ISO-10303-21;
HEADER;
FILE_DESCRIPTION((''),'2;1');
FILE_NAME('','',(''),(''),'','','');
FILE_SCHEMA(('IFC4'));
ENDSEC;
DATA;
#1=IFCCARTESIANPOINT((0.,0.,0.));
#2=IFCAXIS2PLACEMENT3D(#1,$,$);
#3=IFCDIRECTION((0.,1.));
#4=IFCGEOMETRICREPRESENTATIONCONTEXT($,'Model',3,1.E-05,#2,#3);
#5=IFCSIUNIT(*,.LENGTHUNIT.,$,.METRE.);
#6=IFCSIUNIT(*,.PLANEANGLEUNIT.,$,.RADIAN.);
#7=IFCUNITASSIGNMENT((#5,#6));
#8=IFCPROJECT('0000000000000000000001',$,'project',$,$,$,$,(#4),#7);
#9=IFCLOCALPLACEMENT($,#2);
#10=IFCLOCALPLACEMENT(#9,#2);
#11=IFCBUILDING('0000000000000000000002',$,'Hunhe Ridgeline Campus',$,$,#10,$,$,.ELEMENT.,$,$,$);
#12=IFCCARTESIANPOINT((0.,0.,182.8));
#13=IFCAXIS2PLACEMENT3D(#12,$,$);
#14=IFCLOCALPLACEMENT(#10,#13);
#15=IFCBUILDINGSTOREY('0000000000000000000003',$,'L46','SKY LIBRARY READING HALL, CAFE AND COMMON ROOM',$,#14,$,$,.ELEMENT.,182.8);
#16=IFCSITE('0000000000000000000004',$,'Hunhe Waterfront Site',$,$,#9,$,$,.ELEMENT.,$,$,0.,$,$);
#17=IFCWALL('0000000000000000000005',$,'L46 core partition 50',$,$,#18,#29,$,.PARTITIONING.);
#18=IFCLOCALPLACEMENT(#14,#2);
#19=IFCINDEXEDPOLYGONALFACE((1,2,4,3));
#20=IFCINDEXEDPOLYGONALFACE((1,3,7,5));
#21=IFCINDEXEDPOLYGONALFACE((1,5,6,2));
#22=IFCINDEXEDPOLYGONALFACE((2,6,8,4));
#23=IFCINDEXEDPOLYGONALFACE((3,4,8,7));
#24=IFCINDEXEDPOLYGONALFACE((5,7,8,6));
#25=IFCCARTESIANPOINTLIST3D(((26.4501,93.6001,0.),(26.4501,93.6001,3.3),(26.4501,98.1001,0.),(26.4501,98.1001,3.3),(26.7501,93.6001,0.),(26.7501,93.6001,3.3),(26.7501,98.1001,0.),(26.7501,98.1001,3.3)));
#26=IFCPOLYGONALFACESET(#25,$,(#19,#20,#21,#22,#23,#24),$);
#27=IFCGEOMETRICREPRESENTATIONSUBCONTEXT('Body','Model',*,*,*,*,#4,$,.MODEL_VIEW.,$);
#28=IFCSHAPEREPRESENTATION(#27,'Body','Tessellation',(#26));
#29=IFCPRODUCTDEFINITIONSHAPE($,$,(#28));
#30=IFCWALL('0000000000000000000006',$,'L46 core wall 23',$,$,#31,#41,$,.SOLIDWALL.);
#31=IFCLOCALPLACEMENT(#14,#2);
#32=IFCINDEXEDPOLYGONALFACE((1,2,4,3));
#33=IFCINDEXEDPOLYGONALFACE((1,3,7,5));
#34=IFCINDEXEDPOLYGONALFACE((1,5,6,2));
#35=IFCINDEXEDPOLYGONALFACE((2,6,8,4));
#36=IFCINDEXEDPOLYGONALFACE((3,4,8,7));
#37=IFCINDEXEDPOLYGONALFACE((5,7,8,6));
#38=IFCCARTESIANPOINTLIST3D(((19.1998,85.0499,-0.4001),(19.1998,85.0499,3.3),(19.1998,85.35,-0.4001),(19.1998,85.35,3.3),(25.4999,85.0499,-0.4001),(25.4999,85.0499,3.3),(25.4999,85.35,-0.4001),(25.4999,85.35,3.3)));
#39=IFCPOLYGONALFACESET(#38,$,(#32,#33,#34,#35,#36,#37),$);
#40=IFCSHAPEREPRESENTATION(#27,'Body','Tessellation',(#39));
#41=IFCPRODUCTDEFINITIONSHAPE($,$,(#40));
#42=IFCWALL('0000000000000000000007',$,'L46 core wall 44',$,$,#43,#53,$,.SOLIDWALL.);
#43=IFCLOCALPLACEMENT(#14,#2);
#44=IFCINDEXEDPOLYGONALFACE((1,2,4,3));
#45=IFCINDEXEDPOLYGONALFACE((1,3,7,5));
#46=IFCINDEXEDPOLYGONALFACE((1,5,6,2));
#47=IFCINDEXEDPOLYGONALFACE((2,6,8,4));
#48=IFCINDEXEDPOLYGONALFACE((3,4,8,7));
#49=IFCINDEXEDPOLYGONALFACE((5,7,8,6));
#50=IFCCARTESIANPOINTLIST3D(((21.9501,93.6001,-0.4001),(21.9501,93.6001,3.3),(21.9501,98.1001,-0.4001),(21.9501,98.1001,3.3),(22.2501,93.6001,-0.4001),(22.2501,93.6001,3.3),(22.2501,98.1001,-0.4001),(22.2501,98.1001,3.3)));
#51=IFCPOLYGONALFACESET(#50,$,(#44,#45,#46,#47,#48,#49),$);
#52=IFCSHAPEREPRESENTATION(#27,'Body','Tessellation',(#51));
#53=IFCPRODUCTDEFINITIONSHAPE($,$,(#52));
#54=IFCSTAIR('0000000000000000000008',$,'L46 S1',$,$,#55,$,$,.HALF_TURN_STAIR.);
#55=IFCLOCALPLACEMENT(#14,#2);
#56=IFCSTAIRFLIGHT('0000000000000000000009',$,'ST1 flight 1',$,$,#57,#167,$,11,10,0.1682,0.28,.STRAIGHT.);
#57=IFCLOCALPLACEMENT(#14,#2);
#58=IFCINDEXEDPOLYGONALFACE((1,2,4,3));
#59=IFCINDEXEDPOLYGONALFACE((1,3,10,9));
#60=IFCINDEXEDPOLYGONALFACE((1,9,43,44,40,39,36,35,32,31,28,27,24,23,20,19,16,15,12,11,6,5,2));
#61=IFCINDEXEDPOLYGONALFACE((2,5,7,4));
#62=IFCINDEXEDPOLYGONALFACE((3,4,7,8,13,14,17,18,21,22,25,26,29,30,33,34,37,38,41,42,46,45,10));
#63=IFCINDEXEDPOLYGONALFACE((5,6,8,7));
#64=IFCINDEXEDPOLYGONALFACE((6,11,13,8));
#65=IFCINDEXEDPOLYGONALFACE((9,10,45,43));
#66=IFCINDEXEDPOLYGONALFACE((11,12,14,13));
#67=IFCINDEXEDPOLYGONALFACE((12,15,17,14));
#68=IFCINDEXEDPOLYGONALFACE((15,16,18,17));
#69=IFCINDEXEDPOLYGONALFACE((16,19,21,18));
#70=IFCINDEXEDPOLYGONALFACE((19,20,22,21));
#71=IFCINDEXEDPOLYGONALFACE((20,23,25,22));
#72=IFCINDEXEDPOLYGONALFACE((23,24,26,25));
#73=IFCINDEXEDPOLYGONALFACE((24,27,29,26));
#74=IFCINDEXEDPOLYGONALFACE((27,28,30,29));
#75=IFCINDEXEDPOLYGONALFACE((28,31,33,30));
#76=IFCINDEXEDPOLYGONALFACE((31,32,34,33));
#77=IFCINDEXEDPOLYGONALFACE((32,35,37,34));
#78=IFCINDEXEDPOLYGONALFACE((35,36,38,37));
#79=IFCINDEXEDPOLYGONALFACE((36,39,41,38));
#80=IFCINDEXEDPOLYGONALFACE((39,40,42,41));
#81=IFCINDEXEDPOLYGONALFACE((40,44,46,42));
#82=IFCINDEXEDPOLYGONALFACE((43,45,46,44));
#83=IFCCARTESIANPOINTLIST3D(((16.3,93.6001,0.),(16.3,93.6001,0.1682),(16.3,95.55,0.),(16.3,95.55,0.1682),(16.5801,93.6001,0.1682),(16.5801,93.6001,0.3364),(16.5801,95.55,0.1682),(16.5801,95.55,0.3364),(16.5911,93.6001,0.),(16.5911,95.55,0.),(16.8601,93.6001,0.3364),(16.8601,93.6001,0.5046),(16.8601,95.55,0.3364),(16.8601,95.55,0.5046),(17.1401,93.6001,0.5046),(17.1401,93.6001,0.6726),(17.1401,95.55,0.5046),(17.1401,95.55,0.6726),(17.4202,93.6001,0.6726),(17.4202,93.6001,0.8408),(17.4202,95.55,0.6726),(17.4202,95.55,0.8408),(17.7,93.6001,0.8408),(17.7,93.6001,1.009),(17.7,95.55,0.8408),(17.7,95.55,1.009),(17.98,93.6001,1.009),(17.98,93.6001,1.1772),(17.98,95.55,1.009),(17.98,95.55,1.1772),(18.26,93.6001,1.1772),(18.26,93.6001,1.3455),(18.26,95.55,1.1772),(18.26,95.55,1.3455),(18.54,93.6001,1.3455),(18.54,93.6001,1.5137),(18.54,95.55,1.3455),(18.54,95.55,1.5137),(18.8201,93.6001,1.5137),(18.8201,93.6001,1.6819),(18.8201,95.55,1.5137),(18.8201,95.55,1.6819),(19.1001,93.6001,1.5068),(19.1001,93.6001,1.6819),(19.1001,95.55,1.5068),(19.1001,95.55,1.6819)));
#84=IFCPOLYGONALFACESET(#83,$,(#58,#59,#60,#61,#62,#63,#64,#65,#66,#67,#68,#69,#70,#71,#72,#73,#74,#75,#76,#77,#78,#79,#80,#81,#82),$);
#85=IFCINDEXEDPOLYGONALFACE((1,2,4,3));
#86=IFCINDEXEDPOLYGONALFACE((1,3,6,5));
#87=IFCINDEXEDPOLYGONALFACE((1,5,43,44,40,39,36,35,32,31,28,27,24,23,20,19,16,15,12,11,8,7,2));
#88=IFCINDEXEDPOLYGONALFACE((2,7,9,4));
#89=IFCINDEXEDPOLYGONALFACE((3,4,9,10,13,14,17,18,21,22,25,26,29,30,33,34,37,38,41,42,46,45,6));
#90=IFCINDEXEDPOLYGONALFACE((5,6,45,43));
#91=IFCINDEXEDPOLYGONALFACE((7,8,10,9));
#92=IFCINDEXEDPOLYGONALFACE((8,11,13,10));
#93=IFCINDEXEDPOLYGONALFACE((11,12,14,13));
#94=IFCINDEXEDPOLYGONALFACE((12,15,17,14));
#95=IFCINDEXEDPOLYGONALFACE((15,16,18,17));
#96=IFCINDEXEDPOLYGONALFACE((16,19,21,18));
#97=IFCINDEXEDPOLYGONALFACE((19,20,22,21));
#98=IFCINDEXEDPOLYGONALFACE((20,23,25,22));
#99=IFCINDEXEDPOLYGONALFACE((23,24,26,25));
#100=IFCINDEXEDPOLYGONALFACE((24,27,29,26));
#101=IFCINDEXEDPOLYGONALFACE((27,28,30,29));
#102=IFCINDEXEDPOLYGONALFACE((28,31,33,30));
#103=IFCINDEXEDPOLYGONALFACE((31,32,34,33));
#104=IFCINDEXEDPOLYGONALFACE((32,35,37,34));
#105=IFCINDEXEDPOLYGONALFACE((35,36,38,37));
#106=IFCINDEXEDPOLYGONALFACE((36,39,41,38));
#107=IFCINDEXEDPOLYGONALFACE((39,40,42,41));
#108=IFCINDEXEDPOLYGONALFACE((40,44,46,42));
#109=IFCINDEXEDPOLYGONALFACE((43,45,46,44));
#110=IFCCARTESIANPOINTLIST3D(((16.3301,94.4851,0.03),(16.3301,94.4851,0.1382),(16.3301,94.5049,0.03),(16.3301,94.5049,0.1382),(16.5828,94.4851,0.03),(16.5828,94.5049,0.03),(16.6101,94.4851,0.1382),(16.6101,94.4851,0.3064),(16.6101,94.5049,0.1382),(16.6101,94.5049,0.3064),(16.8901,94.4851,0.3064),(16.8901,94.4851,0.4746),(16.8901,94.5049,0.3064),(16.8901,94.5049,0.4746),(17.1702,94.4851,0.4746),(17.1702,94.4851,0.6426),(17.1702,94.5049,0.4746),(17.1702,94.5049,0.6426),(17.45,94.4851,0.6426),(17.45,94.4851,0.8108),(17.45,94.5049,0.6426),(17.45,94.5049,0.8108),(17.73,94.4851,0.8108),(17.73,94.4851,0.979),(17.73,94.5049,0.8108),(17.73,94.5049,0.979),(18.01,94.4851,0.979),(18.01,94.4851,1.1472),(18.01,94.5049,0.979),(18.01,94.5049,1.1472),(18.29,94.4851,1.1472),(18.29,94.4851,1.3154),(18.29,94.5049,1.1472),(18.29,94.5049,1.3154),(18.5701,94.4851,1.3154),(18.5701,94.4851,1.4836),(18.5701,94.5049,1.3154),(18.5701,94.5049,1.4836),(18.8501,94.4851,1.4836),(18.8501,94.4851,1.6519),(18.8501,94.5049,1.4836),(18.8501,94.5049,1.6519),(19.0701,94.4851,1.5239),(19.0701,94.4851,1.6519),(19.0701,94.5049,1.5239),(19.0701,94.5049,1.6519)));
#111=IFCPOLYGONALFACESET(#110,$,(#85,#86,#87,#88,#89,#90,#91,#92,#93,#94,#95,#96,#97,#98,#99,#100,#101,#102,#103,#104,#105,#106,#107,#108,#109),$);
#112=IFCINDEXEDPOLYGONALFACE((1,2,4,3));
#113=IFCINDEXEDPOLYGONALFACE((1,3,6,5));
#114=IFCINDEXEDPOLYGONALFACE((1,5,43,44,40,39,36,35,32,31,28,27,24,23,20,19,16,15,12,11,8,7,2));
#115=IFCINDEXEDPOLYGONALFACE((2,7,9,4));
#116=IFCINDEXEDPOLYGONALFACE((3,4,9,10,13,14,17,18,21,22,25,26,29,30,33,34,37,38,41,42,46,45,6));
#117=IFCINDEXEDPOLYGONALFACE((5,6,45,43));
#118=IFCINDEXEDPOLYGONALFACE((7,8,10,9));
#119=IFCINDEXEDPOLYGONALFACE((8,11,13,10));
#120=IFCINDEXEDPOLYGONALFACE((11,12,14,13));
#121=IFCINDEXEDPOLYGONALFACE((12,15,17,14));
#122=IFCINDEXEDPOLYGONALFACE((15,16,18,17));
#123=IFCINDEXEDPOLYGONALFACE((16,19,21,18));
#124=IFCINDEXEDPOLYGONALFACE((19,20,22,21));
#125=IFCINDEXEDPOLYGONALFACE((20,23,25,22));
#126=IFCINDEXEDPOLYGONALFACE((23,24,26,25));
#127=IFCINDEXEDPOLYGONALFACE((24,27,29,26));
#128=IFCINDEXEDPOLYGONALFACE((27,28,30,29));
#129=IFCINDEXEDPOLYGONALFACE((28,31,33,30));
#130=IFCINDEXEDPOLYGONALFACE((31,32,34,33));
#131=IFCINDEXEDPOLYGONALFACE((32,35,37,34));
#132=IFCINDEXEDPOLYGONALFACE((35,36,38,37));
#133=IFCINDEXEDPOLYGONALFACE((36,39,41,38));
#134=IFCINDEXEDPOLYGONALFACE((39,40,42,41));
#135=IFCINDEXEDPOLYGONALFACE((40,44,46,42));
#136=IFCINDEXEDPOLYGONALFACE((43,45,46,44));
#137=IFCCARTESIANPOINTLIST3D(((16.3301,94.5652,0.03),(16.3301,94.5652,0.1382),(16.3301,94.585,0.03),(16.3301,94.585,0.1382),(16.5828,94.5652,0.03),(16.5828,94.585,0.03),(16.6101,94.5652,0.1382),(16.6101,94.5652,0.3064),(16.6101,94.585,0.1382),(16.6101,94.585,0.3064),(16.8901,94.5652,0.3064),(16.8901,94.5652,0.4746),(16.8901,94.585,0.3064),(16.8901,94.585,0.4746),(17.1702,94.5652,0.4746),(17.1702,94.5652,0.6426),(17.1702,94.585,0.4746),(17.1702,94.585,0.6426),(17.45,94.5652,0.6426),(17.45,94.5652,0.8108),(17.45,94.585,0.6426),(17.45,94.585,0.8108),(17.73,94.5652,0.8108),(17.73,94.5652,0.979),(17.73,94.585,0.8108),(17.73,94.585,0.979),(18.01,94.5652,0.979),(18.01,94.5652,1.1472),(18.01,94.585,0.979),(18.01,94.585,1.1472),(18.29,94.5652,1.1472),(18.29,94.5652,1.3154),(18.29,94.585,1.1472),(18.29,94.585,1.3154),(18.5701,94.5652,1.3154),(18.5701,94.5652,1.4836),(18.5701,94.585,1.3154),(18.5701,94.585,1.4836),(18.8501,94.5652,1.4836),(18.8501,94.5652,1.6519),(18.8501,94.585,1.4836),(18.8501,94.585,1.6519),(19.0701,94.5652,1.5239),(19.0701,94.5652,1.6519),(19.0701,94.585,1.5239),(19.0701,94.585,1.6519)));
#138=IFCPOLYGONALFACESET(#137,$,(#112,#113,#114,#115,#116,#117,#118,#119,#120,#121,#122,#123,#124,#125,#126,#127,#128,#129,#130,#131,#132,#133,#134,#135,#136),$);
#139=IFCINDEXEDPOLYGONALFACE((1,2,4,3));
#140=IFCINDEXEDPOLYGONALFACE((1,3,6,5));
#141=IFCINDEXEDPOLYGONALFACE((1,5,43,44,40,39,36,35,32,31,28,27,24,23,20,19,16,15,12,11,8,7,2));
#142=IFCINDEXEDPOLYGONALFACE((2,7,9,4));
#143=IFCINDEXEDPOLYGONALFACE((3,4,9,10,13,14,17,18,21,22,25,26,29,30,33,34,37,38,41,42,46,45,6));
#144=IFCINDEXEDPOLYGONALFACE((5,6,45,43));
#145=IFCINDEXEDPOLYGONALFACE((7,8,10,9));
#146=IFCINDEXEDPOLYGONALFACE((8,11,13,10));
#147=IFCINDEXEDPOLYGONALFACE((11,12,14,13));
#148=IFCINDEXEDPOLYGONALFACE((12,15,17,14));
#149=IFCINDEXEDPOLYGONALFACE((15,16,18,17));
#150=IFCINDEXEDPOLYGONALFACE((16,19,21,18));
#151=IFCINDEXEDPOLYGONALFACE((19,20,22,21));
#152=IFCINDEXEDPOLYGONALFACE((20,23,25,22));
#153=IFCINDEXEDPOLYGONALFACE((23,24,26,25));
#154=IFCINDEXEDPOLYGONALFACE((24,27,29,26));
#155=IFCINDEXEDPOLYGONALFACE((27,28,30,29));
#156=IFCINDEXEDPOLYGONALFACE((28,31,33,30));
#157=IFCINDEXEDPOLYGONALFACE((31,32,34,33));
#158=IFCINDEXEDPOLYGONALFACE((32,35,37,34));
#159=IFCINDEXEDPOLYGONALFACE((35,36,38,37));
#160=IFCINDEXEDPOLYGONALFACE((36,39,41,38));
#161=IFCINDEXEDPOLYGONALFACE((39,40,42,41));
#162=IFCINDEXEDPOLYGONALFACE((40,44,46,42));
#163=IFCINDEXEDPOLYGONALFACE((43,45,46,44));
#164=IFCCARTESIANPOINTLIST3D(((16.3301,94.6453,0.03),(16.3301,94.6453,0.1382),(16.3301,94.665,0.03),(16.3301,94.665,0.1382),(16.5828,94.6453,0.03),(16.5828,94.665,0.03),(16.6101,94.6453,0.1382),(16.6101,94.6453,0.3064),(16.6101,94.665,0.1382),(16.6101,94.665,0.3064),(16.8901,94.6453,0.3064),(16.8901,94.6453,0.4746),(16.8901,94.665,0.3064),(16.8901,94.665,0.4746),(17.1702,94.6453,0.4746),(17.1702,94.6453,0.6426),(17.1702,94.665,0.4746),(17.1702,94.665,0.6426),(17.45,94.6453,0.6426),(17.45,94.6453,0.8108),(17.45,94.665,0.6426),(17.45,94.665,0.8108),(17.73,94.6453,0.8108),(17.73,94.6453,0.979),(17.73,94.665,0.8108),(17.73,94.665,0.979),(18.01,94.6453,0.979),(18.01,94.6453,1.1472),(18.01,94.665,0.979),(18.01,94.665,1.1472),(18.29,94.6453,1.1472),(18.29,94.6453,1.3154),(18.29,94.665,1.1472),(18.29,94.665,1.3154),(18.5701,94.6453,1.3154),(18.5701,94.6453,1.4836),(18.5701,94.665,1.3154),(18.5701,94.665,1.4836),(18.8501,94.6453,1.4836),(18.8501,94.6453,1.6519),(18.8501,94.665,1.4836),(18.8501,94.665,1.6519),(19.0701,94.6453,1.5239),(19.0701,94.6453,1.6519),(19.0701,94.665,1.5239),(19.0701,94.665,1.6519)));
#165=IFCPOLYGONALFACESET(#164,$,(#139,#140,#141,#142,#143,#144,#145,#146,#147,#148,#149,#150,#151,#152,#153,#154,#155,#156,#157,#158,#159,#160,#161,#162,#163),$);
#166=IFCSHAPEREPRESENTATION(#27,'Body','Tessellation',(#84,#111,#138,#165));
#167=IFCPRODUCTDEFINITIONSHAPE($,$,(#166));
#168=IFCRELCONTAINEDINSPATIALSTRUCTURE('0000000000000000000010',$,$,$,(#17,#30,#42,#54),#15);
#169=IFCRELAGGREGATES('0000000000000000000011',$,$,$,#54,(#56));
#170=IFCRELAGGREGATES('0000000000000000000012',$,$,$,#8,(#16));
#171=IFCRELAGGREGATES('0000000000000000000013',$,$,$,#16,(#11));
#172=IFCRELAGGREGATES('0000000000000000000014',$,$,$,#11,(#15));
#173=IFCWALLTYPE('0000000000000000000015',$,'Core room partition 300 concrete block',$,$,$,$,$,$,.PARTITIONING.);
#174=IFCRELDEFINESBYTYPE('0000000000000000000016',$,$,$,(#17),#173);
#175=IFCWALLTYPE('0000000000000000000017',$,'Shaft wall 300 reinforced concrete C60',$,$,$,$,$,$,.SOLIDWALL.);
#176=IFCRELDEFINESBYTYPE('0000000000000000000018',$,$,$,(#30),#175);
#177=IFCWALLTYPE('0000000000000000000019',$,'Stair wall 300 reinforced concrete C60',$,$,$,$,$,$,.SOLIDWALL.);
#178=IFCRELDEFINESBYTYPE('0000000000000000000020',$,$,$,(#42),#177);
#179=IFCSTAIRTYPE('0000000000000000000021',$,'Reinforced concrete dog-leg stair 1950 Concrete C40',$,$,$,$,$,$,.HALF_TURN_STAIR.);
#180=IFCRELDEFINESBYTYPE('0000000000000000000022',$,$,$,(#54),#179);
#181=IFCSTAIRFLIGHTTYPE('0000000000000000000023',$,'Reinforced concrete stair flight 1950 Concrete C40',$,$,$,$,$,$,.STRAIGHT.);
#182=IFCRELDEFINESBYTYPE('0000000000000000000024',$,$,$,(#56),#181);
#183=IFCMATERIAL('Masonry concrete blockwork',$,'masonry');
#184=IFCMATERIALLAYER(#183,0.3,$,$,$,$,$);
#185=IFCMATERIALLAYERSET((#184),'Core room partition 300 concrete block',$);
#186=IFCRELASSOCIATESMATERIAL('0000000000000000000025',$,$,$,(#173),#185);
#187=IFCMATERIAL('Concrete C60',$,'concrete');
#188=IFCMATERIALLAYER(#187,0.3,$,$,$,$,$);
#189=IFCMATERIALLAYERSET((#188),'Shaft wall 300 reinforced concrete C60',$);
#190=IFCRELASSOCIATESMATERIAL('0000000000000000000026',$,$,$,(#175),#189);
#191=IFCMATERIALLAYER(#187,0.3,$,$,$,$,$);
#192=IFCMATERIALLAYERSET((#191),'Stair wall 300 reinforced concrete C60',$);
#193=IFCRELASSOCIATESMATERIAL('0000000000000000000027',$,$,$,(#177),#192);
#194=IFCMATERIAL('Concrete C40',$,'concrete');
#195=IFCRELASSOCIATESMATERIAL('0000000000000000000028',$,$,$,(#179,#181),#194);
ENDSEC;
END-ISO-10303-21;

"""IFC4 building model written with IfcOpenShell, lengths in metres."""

from ifc_helpers import new_model, si_unit, direction, frame, frame_2d, origin, place, context, subcontext, project, spatial, polyline, rectangle, outline, extrude, material, layer, layer_set, type_object, element, aggregate, save


model = new_model("IFC4")

# Units and contexts
model_context = context("Model", 3, precision=1e-05, world=origin(), true_north=direction((0.0, 1.0)))
body_context = subcontext(model_context, "Body", "Model", "MODEL_VIEW")
ifc_project = project(units=[si_unit("LENGTHUNIT", "METRE"), si_unit("PLANEANGLEUNIT", "RADIAN")], contexts=[model_context])

# Site, building, storey
site_placement = place(None, origin())
site = spatial("IfcSite", under=ifc_project, at=site_placement, Name="Hunhe Waterfront Site", CompositionType="ELEMENT", RefElevation=0.0)
building_placement = place(site_placement, origin())
building = spatial("IfcBuilding", under=site, at=building_placement, Name="Hunhe Ridgeline Campus", CompositionType="ELEMENT")
storey_placement = place(building_placement, frame((0.0, 0.0, 182.8)))
storey = spatial("IfcBuildingStorey", under=building, at=storey_placement, Name="L46", Description="SKY LIBRARY READING HALL, CAFE AND COMMON ROOM", CompositionType="ELEMENT", Elevation=182.8)

# Walls
ifc_material_1 = material(Name="Masonry concrete blockwork", Category="masonry")
ifc_layer_1 = layer(ifc_material_1, 0.3)
ifc_layer_set_1 = layer_set([ifc_layer_1], Name="Core room partition 300 concrete block")
wall_type_1 = type_object("IfcWallType", Name="Core room partition 300 concrete block", PredefinedType="PARTITIONING", material=ifc_layer_set_1)
wall_1_placement = place(storey_placement, frame((26.6001, 93.6001, 0.0), z_axis=(0.0, 0.0, 1.0), x_axis=(0.0, 1.0, 0.0)))
element("IfcWall", 1, at=wall_1_placement, inside=storey, type_object=wall_type_1, Name="L46 core partition 50", PredefinedType="PARTITIONING", context=body_context, shape_type="SweptSolid", body=[
    extrude(rectangle(XDim=4.5, YDim=0.3, at=frame_2d((2.25, 0.0))), origin(), (0.0, 0.0, 1.0), 3.3),
])
ifc_material_2 = material(Name="Concrete C60", Category="concrete")
ifc_layer_2 = layer(ifc_material_2, 0.3)
ifc_layer_set_2 = layer_set([ifc_layer_2], Name="Shaft wall 300 reinforced concrete C60")
wall_type_2 = type_object("IfcWallType", Name="Shaft wall 300 reinforced concrete C60", PredefinedType="SOLIDWALL", material=ifc_layer_set_2)
wall_2_placement = place(storey_placement, frame((19.2, 85.2, -0.4001), z_axis=(0.0, 0.0, 1.0), x_axis=(1.0, 0.0, 0.0)))
element("IfcWall", 2, at=wall_2_placement, inside=storey, type_object=wall_type_2, Name="L46 core wall 23", PredefinedType="SOLIDWALL", context=body_context, shape_type="SweptSolid", body=[
    extrude(rectangle(XDim=6.3, YDim=0.3, at=frame_2d((3.1499, 0.0))), origin(), (0.0, 0.0, 1.0), 3.7002),
])

# Shared definitions
ifc_layer_3 = layer(ifc_material_2, 0.3)
ifc_layer_set_3 = layer_set([ifc_layer_3], Name="Stair wall 300 reinforced concrete C60")
wall_type_3 = type_object("IfcWallType", Name="Stair wall 300 reinforced concrete C60", PredefinedType="SOLIDWALL", material=ifc_layer_set_3)

# Wall
wall_3_placement = place(storey_placement, frame((22.1001, 93.6001, -0.4001), z_axis=(0.0, 0.0, 1.0), x_axis=(0.0, 1.0, 0.0)))
element("IfcWall", 3, at=wall_3_placement, inside=storey, type_object=wall_type_3, Name="L46 core wall 44", PredefinedType="SOLIDWALL", context=body_context, shape_type="SweptSolid", body=[
    extrude(rectangle(XDim=4.5, YDim=0.3, at=frame_2d((2.25, 0.0))), origin(), (0.0, 0.0, 1.0), 3.7002),
])

# Stair, stair flight
ifc_material_3 = material(Name="Concrete C40", Category="concrete")
stair_type = type_object("IfcStairType", Name="Reinforced concrete dog-leg stair 1950 Concrete C40", PredefinedType="HALF_TURN_STAIR", material=ifc_material_3)
stair_placement = place(storey_placement, origin())
stair = element("IfcStair", 4, at=stair_placement, inside=storey, type_object=stair_type, Name="L46 S1", PredefinedType="HALF_TURN_STAIR")
stair_flight_type = type_object("IfcStairFlightType", Name="Reinforced concrete stair flight 1950 Concrete C40", PredefinedType="STRAIGHT", material=ifc_material_3)
stair_flight_1_placement = place(storey_placement, frame((16.3, 94.575, 0.0), z_axis=(0.0, 0.0, 1.0), x_axis=(1.0, 0.0, 0.0)))
stair_flight_1 = element("IfcStairFlight", 5, at=stair_flight_1_placement, type_object=stair_flight_type, Name="ST1 flight 1", NumberOfRisers=11, NumberOfTreads=10, PredefinedType="STRAIGHT", RiserHeight=0.1682, TreadLength=0.28, context=body_context, shape_type="SweptSolid", body=[
    extrude(outline(polyline([(0.0, 0.0), (0.0, 0.1682), (0.28, 0.1682), (0.28, 0.3364), (0.5601, 0.3364), (0.5601, 0.5046), (0.8401, 0.5046), (0.8401, 0.6726), (1.1201, 0.6726), (1.1201, 0.8408), (1.3999, 0.8408), (1.3999, 1.009), (1.6799, 1.009), (1.6799, 1.1772), (1.96, 1.1772), (1.96, 1.3455), (2.24, 1.3455), (2.24, 1.5137), (2.52, 1.5137), (2.52, 1.6819), (2.8, 1.6819), (2.8, 1.8501), (2.8, 1.5068), (0.291, 0.0), (0.0, 0.0)])), frame((0.0, 0.9751, 0.0), z_axis=(0.0, -1.0, 0.0), x_axis=(1.0, 0.0, 0.0)), (0.0, 0.0, 1.0), 1.95),
    extrude(outline(polyline([(0.03, 0.03), (0.03, 0.1382), (0.3101, 0.1382), (0.3101, 0.3064), (0.5901, 0.3064), (0.5901, 0.4746), (0.8701, 0.4746), (0.8701, 0.6426), (1.1499, 0.6426), (1.1499, 0.8108), (1.4299, 0.8108), (1.4299, 0.979), (1.71, 0.979), (1.71, 1.1472), (1.99, 1.1472), (1.99, 1.3154), (2.27, 1.3154), (2.27, 1.4836), (2.55, 1.4836), (2.55, 1.6519), (2.77, 1.6519), (2.77, 1.5239), (0.2827, 0.03), (0.03, 0.03)])), frame((0.0, -0.0701, 0.0), z_axis=(0.0, -1.0, 0.0), x_axis=(1.0, 0.0, 0.0)), (0.0, 0.0, 1.0), 0.0198),
    extrude(outline(polyline([(0.03, 0.03), (0.03, 0.1382), (0.3101, 0.1382), (0.3101, 0.3064), (0.5901, 0.3064), (0.5901, 0.4746), (0.8701, 0.4746), (0.8701, 0.6426), (1.1499, 0.6426), (1.1499, 0.8108), (1.4299, 0.8108), (1.4299, 0.979), (1.71, 0.979), (1.71, 1.1472), (1.99, 1.1472), (1.99, 1.3154), (2.27, 1.3154), (2.27, 1.4836), (2.55, 1.4836), (2.55, 1.6519), (2.77, 1.6519), (2.77, 1.5239), (0.2827, 0.03), (0.03, 0.03)])), frame((0.0, 0.01, 0.0), z_axis=(0.0, -1.0, 0.0), x_axis=(1.0, 0.0, 0.0)), (0.0, 0.0, 1.0), 0.0198),
    extrude(outline(polyline([(0.03, 0.03), (0.03, 0.1382), (0.3101, 0.1382), (0.3101, 0.3064), (0.5901, 0.3064), (0.5901, 0.4746), (0.8701, 0.4746), (0.8701, 0.6426), (1.1499, 0.6426), (1.1499, 0.8108), (1.4299, 0.8108), (1.4299, 0.979), (1.71, 0.979), (1.71, 1.1472), (1.99, 1.1472), (1.99, 1.3154), (2.27, 1.3154), (2.27, 1.4836), (2.55, 1.4836), (2.55, 1.6519), (2.77, 1.6519), (2.77, 1.5239), (0.2827, 0.03), (0.03, 0.03)])), frame((0.0, 0.0901, 0.0), z_axis=(0.0, -1.0, 0.0), x_axis=(1.0, 0.0, 0.0)), (0.0, 0.0, 1.0), 0.0198),
])
aggregate(stair, [stair_flight_1])

save(model, "model.ifc")
